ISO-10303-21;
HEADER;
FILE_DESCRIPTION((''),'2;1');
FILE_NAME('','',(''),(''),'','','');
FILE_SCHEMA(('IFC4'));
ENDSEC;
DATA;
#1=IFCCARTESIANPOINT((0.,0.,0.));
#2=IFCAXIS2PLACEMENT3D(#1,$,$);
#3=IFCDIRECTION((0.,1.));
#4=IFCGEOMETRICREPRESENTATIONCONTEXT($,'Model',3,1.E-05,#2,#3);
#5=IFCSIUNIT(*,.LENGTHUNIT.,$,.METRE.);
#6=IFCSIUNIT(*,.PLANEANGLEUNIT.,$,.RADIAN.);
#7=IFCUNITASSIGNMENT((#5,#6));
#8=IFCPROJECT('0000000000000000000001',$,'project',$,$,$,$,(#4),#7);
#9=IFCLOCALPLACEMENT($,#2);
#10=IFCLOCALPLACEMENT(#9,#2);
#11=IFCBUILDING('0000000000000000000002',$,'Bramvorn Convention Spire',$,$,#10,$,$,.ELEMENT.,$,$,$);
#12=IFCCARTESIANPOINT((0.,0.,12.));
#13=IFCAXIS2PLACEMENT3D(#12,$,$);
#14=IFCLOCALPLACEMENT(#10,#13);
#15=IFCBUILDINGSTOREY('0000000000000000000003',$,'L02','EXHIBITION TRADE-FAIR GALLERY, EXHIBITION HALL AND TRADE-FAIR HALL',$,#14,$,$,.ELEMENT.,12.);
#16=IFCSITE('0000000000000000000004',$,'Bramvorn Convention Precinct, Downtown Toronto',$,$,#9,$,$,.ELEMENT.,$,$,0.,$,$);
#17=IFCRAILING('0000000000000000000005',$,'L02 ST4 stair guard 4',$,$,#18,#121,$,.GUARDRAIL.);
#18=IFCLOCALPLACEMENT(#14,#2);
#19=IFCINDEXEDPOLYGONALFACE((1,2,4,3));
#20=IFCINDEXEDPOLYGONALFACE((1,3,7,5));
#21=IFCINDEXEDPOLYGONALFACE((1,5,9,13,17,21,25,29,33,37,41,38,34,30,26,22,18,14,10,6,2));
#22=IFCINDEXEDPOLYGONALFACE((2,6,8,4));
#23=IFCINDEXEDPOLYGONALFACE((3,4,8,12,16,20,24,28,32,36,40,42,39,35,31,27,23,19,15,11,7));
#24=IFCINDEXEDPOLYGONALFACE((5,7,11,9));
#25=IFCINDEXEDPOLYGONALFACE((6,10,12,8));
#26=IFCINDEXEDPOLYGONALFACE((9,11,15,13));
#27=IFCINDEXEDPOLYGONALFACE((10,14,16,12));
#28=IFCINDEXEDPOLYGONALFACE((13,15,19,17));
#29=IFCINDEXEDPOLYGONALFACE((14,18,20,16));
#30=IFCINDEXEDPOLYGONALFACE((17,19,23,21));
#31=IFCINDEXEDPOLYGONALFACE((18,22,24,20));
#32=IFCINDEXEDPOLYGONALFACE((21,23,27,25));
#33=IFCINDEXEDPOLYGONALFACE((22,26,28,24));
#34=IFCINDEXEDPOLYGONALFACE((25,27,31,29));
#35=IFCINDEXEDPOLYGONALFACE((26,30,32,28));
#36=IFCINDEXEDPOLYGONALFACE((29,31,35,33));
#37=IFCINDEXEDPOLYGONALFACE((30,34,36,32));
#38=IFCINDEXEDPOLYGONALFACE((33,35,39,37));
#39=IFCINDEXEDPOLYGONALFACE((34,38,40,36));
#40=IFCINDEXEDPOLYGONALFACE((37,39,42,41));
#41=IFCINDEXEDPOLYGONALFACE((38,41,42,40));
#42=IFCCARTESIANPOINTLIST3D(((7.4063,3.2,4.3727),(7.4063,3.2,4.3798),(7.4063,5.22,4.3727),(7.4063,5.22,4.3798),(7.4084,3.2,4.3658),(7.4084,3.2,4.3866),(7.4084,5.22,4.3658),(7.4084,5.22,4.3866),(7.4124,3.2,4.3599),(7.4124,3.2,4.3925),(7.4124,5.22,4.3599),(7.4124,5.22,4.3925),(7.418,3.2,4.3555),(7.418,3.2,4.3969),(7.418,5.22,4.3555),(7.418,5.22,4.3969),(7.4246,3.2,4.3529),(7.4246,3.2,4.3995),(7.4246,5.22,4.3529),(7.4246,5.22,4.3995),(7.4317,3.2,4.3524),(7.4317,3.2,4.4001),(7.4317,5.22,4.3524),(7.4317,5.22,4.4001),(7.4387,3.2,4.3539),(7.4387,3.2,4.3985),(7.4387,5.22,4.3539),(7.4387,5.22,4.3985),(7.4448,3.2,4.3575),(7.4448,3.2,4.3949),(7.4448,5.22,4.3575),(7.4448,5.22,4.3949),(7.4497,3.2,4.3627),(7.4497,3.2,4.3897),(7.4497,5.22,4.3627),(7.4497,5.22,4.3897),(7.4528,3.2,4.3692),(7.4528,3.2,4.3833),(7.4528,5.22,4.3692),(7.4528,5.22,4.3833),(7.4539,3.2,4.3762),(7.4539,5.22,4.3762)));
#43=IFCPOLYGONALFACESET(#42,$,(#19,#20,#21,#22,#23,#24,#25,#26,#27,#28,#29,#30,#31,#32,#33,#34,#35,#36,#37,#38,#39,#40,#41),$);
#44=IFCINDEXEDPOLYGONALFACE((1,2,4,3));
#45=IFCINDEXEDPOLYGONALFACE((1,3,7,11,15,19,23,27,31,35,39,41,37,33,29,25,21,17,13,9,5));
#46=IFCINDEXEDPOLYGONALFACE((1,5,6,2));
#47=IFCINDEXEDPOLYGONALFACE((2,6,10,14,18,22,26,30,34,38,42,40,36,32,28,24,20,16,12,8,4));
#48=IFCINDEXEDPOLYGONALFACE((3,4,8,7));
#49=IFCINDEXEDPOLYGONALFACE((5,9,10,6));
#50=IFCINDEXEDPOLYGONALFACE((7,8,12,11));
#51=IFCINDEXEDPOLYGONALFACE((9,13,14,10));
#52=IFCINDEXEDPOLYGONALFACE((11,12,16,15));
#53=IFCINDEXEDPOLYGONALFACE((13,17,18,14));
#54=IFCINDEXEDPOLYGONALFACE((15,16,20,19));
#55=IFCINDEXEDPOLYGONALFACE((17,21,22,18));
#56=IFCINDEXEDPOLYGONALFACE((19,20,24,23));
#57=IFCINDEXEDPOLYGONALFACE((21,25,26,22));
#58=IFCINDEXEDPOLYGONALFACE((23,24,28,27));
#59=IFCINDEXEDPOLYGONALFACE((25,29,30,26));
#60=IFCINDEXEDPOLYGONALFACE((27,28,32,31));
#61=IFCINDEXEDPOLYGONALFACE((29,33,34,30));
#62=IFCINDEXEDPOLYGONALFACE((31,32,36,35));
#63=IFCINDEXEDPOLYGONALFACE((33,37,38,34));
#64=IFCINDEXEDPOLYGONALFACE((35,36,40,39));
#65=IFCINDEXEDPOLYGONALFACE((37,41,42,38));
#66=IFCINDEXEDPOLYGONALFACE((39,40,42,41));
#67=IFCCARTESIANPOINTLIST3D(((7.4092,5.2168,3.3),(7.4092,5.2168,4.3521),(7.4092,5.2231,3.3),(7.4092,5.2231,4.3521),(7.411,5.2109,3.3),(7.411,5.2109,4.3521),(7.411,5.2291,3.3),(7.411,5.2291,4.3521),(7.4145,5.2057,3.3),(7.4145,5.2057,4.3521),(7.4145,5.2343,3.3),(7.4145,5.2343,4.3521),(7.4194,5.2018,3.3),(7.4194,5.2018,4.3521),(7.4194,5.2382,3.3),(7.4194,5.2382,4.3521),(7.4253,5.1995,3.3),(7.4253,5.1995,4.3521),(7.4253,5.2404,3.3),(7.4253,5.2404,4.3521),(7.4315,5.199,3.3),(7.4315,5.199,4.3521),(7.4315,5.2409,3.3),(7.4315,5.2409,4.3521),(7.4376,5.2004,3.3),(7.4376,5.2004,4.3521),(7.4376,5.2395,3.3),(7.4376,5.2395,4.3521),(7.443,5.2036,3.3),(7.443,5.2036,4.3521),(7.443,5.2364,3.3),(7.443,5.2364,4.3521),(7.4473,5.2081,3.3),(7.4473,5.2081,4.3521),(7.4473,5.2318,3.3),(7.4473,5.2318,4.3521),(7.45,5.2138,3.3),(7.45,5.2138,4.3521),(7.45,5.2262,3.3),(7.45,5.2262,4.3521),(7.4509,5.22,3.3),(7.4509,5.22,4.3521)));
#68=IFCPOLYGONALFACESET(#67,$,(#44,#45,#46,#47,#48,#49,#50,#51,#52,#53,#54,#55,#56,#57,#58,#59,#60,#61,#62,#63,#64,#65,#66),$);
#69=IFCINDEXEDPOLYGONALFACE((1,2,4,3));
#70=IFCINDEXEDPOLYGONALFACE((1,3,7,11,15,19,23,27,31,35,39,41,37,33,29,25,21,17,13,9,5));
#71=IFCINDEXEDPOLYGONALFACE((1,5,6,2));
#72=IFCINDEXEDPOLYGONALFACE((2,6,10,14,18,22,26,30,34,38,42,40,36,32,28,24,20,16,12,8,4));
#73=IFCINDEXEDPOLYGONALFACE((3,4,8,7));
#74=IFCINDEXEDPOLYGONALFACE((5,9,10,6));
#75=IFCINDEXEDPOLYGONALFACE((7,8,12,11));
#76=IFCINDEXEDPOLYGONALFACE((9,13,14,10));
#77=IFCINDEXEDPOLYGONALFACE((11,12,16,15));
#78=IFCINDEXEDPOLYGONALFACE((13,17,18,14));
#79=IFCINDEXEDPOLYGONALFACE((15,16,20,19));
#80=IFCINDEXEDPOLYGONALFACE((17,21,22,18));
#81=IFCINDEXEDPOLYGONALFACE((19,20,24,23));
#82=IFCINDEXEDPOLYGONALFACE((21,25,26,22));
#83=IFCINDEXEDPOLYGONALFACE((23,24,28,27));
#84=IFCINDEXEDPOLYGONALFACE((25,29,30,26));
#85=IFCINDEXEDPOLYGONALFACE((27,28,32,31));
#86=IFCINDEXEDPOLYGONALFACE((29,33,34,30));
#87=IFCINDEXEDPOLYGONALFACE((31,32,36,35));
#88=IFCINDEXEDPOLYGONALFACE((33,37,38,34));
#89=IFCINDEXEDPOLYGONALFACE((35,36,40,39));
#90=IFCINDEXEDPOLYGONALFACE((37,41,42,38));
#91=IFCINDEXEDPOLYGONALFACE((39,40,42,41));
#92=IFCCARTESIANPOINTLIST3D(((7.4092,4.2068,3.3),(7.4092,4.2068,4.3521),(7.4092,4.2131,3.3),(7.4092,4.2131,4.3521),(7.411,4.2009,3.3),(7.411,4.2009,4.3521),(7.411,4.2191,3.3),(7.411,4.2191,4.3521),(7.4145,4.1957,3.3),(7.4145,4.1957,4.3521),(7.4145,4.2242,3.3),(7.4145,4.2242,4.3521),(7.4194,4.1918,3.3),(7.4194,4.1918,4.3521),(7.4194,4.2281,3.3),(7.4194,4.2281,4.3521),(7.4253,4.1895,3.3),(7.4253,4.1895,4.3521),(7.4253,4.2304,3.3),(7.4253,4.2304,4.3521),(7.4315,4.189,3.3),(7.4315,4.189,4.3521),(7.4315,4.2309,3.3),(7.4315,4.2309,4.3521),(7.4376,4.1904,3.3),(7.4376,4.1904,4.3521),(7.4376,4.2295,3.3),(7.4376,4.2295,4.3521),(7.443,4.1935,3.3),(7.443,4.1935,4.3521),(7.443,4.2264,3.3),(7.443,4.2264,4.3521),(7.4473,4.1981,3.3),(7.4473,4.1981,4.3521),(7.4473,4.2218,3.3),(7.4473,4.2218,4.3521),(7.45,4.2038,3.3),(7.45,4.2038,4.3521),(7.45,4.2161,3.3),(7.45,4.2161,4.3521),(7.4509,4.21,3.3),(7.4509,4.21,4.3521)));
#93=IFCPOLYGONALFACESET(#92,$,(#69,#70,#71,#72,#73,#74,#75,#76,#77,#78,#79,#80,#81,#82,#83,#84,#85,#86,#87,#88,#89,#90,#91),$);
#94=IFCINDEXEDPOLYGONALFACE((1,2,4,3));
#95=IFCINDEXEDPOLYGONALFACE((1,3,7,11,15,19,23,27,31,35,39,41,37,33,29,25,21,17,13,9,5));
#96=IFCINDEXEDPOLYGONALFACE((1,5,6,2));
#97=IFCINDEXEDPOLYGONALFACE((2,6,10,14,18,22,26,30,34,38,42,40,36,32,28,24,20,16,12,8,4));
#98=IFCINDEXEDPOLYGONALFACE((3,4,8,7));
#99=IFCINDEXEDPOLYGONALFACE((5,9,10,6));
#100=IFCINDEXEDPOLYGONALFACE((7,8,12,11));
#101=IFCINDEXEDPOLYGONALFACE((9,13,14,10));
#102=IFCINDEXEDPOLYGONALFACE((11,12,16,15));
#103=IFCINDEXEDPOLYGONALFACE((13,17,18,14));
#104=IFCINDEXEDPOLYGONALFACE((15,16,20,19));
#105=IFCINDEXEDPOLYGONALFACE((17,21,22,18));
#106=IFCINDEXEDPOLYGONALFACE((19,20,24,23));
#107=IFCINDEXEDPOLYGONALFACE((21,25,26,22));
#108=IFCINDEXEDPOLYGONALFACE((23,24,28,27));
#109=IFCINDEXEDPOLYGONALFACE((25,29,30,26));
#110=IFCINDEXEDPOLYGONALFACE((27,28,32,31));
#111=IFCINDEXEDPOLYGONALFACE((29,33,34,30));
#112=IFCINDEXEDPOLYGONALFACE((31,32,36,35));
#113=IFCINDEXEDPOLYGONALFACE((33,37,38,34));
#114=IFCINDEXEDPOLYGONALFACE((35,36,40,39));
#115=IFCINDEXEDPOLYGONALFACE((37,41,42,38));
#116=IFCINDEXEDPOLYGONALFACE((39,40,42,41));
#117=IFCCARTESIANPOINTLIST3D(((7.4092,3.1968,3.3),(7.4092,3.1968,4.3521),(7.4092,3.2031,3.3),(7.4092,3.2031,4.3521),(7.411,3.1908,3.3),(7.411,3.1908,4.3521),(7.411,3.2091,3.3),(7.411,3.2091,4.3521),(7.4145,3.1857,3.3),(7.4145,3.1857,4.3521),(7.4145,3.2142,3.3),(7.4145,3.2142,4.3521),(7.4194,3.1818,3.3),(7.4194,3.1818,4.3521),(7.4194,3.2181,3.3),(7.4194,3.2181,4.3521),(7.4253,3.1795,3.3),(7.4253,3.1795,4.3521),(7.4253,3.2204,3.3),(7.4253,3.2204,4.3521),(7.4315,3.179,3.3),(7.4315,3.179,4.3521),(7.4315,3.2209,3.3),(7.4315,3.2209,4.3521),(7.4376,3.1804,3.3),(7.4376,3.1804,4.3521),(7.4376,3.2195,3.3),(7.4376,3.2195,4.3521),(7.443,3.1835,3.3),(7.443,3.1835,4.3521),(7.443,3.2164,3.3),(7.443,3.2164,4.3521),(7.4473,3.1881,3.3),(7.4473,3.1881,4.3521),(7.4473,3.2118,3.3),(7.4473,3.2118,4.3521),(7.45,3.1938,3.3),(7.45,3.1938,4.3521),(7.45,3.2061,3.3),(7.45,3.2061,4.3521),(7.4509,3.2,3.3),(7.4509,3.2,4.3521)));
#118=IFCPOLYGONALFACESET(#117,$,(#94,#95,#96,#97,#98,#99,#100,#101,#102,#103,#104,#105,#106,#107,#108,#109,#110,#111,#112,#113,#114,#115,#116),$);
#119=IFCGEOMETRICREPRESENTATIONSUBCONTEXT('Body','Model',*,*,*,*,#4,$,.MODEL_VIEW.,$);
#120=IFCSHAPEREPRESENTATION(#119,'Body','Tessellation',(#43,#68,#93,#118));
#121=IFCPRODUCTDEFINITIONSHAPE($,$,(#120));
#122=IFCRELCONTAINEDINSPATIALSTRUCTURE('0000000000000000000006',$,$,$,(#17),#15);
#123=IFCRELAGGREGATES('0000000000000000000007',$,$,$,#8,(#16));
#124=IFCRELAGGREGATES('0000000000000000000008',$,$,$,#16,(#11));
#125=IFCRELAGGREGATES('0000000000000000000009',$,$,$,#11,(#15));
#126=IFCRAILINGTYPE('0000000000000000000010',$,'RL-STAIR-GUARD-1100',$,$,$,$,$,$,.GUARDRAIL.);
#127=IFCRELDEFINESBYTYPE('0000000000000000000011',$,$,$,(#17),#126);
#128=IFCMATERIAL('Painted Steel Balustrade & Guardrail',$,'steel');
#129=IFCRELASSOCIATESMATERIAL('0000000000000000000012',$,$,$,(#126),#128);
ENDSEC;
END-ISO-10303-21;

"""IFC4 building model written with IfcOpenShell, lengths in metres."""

from ifc_helpers import new_model, si_unit, direction, frame, origin, origin_2d, place, context, subcontext, project, spatial, circle, extrude, material, type_object, element, save


model = new_model("IFC4")

# Units and contexts
model_context = context("Model", 3, precision=1e-05, world=origin(), true_north=direction((0.0, 1.0)))
body_context = subcontext(model_context, "Body", "Model", "MODEL_VIEW")
ifc_project = project(units=[si_unit("LENGTHUNIT", "METRE"), si_unit("PLANEANGLEUNIT", "RADIAN")], contexts=[model_context])

# Site, building, storey
site_placement = place(None, origin())
site = spatial("IfcSite", under=ifc_project, at=site_placement, Name="Bramvorn Convention Precinct, Downtown Toronto", CompositionType="ELEMENT", RefElevation=0.0)
building_placement = place(site_placement, origin())
building = spatial("IfcBuilding", under=site, at=building_placement, Name="Bramvorn Convention Spire", CompositionType="ELEMENT")
storey_placement = place(building_placement, frame((0.0, 0.0, 12.0)))
storey = spatial("IfcBuildingStorey", under=building, at=storey_placement, Name="L02", Description="EXHIBITION TRADE-FAIR GALLERY, EXHIBITION HALL AND TRADE-FAIR HALL", CompositionType="ELEMENT", Elevation=12.0)

# Railing
ifc_material_1 = material(Name="Painted Steel Balustrade & Guardrail", Category="steel")
railing_type_1 = type_object("IfcRailingType", Name="RL-STAIR-GUARD-1100", PredefinedType="GUARDRAIL", material=ifc_material_1)
for number, where, name in (
    (1, (7.4299, 5.22, 3.3), "L02 ST4 stair guard 4"),
):
    element("IfcRailing", number, at=place(storey_placement, frame(where)), inside=storey, type_object=railing_type_1, Name=name, PredefinedType="GUARDRAIL", context=body_context, shape_type="SweptSolid", body=[
        extrude(circle(Radius=0.0239, at=origin_2d()), frame((0.0, 0.0, 1.0762), z_axis=(0.0, -1.0, 0.0), x_axis=(1.0, 0.0, 0.0)), (0.0, 0.0, 1.0), 2.02),
        extrude(circle(Radius=0.021, at=origin_2d()), origin(), (0.0, 0.0, 1.0), 1.052),
        extrude(circle(Radius=0.021, at=origin_2d()), frame((0.0, -1.01, 0.0)), (0.0, 0.0, 1.0), 1.052),
        extrude(circle(Radius=0.021, at=origin_2d()), frame((0.0, -2.02, 0.0)), (0.0, 0.0, 1.0), 1.052),
    ])

save(model, "model.ifc")
